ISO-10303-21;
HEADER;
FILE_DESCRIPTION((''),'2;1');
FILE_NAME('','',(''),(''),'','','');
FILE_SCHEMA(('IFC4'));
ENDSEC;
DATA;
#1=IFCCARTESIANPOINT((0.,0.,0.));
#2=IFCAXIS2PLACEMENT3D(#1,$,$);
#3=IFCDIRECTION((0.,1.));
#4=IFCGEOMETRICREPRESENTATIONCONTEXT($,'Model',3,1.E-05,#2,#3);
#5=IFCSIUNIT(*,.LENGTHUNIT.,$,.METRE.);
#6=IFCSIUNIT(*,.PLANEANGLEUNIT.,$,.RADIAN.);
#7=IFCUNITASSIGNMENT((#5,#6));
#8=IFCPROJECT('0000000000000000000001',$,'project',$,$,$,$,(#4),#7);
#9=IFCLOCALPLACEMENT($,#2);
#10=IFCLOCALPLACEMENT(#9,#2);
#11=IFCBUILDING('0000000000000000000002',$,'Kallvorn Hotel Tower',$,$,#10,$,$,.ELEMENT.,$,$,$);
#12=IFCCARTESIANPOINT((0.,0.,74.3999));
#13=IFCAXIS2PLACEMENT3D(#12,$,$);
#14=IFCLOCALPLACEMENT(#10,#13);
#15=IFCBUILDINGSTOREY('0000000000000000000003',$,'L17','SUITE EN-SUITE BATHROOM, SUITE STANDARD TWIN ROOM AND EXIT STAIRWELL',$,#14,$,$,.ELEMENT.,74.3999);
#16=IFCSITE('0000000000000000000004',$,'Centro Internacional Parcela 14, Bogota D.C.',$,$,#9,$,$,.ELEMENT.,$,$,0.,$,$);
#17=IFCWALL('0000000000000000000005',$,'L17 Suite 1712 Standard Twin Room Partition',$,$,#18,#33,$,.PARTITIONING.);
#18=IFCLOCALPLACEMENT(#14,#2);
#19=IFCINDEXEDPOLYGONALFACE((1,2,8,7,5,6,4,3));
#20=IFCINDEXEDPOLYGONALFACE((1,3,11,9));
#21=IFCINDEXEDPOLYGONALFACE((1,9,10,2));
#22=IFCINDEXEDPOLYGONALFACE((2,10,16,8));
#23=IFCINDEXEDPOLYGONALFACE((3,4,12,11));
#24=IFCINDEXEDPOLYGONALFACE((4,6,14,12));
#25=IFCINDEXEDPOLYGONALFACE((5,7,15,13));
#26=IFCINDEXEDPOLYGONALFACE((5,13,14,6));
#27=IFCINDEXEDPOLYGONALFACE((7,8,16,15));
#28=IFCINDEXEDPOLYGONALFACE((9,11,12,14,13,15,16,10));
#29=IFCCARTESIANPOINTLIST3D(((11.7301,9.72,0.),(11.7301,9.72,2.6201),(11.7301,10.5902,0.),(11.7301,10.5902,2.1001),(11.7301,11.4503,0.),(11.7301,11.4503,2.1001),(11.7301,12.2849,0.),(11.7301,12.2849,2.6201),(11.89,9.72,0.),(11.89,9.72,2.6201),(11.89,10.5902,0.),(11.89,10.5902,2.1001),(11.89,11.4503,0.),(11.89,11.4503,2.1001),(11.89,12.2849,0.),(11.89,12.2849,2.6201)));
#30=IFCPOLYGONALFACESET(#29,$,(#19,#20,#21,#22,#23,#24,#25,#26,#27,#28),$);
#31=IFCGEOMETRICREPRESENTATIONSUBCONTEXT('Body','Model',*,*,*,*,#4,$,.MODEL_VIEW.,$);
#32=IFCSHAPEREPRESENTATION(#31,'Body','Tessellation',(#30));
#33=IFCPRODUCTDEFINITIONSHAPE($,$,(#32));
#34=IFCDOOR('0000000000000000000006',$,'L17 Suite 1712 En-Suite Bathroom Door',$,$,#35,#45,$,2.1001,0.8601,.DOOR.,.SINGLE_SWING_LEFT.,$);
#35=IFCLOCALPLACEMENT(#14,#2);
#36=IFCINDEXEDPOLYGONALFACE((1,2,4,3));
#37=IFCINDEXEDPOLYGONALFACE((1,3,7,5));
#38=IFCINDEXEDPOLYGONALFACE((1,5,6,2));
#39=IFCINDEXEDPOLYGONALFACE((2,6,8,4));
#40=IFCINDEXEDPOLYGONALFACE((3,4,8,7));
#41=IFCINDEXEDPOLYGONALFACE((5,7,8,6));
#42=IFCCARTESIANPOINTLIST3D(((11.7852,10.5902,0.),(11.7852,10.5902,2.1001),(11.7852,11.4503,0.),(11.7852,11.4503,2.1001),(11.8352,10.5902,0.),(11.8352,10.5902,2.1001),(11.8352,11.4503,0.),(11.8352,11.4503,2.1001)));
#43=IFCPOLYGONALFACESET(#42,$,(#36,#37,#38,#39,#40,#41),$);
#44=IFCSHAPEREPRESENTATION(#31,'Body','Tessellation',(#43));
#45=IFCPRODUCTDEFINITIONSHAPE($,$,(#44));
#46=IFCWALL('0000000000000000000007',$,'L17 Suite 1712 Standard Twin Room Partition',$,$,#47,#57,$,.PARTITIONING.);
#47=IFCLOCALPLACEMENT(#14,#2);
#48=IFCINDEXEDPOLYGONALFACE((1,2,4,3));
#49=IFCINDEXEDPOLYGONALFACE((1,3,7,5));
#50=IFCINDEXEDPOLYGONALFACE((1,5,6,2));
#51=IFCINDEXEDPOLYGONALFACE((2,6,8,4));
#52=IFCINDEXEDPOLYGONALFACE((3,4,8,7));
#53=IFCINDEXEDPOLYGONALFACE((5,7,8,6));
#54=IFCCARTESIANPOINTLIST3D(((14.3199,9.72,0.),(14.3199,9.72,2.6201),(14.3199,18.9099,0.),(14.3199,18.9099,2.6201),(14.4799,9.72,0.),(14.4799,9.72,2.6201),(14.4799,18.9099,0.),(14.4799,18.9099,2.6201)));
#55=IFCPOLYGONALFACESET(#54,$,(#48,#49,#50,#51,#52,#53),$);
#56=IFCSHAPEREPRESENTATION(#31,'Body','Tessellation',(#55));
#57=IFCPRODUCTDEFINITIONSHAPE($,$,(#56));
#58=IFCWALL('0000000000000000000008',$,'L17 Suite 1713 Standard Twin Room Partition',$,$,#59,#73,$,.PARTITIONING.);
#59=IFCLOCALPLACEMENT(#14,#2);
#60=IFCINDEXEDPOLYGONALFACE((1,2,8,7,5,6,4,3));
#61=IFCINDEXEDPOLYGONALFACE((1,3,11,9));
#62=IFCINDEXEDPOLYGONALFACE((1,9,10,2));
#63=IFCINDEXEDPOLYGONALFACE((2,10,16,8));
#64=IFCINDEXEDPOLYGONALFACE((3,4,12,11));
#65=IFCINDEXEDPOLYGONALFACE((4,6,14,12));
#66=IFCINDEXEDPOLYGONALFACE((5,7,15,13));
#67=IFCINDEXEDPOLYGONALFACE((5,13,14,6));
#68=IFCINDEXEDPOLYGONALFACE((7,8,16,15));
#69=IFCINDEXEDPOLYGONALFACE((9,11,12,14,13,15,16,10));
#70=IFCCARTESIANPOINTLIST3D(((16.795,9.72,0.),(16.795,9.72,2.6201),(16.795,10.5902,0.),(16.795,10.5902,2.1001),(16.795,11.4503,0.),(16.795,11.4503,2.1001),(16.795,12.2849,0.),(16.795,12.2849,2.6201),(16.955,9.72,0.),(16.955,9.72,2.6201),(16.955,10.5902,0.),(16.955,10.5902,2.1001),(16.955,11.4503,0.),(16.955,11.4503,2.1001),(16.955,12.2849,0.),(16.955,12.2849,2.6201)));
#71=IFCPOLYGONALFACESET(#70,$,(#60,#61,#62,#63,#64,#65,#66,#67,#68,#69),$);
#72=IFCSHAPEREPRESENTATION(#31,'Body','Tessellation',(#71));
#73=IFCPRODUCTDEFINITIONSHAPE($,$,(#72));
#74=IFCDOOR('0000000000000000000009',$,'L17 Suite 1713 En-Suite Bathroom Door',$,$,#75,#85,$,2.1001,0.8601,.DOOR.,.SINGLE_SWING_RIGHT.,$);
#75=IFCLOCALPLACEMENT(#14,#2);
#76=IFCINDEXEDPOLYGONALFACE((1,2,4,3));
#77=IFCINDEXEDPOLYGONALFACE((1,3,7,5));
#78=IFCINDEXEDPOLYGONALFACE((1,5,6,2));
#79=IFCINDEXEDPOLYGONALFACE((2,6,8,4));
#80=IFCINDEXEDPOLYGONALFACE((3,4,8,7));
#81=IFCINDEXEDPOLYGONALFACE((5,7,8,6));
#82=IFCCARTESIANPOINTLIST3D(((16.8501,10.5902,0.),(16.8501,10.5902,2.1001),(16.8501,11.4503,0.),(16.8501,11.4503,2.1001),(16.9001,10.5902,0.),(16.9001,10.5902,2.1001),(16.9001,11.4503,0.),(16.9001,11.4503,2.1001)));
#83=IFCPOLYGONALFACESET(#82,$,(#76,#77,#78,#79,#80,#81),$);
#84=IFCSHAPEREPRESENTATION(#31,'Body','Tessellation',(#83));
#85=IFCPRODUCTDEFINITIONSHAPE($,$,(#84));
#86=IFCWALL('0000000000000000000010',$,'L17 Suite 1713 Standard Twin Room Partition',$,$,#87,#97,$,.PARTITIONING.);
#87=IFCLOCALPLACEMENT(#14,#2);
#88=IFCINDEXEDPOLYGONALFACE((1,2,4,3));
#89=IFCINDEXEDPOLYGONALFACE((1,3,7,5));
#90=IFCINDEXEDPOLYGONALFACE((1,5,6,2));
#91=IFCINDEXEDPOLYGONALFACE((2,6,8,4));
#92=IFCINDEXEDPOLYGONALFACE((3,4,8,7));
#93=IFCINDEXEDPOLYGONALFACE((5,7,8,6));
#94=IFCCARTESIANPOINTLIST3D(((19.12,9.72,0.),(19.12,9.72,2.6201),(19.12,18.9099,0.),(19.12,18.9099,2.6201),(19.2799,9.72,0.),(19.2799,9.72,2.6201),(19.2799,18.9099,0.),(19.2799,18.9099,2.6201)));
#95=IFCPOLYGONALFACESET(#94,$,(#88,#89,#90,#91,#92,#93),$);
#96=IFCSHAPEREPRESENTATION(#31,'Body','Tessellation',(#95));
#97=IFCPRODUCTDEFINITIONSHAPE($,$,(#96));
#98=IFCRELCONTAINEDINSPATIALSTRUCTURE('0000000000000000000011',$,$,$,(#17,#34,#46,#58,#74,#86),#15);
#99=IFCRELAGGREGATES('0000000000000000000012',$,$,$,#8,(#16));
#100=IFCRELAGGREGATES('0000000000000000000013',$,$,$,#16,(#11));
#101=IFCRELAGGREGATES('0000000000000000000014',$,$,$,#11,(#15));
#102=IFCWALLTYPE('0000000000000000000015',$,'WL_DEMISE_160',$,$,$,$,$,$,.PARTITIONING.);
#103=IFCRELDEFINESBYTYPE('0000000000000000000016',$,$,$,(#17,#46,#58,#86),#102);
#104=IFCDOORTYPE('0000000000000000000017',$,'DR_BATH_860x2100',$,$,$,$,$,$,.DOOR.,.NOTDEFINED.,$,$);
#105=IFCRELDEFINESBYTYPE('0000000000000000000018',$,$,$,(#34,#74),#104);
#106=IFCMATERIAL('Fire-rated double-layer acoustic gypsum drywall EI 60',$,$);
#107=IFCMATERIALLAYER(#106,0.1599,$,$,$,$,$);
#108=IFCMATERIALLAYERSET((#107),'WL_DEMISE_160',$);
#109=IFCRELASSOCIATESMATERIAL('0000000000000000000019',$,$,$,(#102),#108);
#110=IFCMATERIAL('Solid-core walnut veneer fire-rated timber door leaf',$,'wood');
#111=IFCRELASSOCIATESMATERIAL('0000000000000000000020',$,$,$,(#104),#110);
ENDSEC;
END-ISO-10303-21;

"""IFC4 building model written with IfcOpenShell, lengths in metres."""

from ifc_helpers import new_model, si_unit, direction, frame, frame_2d, origin, place, context, subcontext, project, spatial, rectangle, extrude, material, layer, layer_set, type_object, element, fill, save


model = new_model("IFC4")

# Units and contexts
model_context = context("Model", 3, precision=1e-05, world=origin(), true_north=direction((0.0, 1.0)))
body_context = subcontext(model_context, "Body", "Model", "MODEL_VIEW")
ifc_project = project(units=[si_unit("LENGTHUNIT", "METRE"), si_unit("PLANEANGLEUNIT", "RADIAN")], contexts=[model_context])

# Site, building, storey
site_placement = place(None, origin())
site = spatial("IfcSite", under=ifc_project, at=site_placement, Name="Centro Internacional Parcela 14, Bogota D.C.", CompositionType="ELEMENT", RefElevation=0.0)
building_placement = place(site_placement, origin())
building = spatial("IfcBuilding", under=site, at=building_placement, Name="Kallvorn Hotel Tower", CompositionType="ELEMENT")
storey_placement = place(building_placement, frame((0.0, 0.0, 74.3999)))
storey = spatial("IfcBuildingStorey", under=building, at=storey_placement, Name="L17", Description="SUITE EN-SUITE BATHROOM, SUITE STANDARD TWIN ROOM AND EXIT STAIRWELL", CompositionType="ELEMENT", Elevation=74.3999)

# Shared definitions
ifc_material_1 = material(Name="Fire-rated double-layer acoustic gypsum drywall EI 60")
ifc_layer = layer(ifc_material_1, 0.1599)
ifc_layer_set = layer_set([ifc_layer], Name="WL_DEMISE_160")
wall_type = type_object("IfcWallType", Name="WL_DEMISE_160", PredefinedType="PARTITIONING", material=ifc_layer_set)

# Wall, opening, door
wall_1_placement = place(storey_placement, frame((11.8101, 9.72, 0.0), z_axis=(0.0, 0.0, 1.0), x_axis=(0.0, 1.0, 0.0)))
wall_1 = element("IfcWall", 1, at=wall_1_placement, inside=storey, type_object=wall_type, Name="L17 Suite 1712 Standard Twin Room Partition", PredefinedType="PARTITIONING", context=body_context, shape_type="SweptSolid", body=[
    extrude(rectangle(XDim=2.5649, YDim=0.1599, at=frame_2d((1.2825, 0.0))), origin(), (0.0, 0.0, 1.0), 2.6201),
])
opening_1_placement = place(wall_1_placement, frame((0.8701, 0.0, 0.0)))
opening_1 = element("IfcOpeningElement", 2, at=opening_1_placement, cuts=wall_1, PredefinedType="OPENING", context=body_context, shape_type="SweptSolid", body=[
    extrude(rectangle(XDim=0.8601, YDim=2.1001, at=frame_2d((0.4302, 1.05))), frame((0.0, 0.095, 0.0), z_axis=(0.0, -1.0, 0.0), x_axis=(1.0, 0.0, 0.0)), (0.0, 0.0, 1.0), 0.1899),
])
ifc_material_2 = material(Name="Solid-core walnut veneer fire-rated timber door leaf", Category="wood")
door_type = type_object("IfcDoorType", Name="DR_BATH_860x2100", OperationType="NOTDEFINED", PredefinedType="DOOR", material=ifc_material_2)
door_1_placement = place(opening_1_placement, origin())
door_1 = element("IfcDoor", 3, at=door_1_placement, inside=storey, type_object=door_type, Name="L17 Suite 1712 En-Suite Bathroom Door", OperationType="SINGLE_SWING_LEFT", OverallHeight=2.1001, OverallWidth=0.8601, PredefinedType="DOOR", context=body_context, shape_type="SweptSolid", body=[
    extrude(rectangle(XDim=0.8601, YDim=2.1001, at=frame_2d((0.4302, 1.05))), frame((0.0, 0.0249, 0.0), z_axis=(0.0, -1.0, 0.0), x_axis=(1.0, 0.0, 0.0)), (0.0, 0.0, 1.0), 0.05),
])
fill(opening_1, door_1)

# Wall
wall_2_placement = place(storey_placement, frame((14.3999, 9.72, 0.0), z_axis=(0.0, 0.0, 1.0), x_axis=(0.0, 1.0, 0.0)))
element("IfcWall", 4, at=wall_2_placement, inside=storey, type_object=wall_type, Name="L17 Suite 1712 Standard Twin Room Partition", PredefinedType="PARTITIONING", context=body_context, shape_type="SweptSolid", body=[
    extrude(rectangle(XDim=9.1899, YDim=0.1599, at=frame_2d((4.595, 0.0))), origin(), (0.0, 0.0, 1.0), 2.6201),
])

# Wall, opening, door
wall_3_placement = place(storey_placement, frame((16.875, 9.72, 0.0), z_axis=(0.0, 0.0, 1.0), x_axis=(0.0, 1.0, 0.0)))
wall_3 = element("IfcWall", 5, at=wall_3_placement, inside=storey, type_object=wall_type, Name="L17 Suite 1713 Standard Twin Room Partition", PredefinedType="PARTITIONING", context=body_context, shape_type="SweptSolid", body=[
    extrude(rectangle(XDim=2.5649, YDim=0.1599, at=frame_2d((1.2825, 0.0))), origin(), (0.0, 0.0, 1.0), 2.6201),
])
opening_2_placement = place(wall_3_placement, frame((0.8701, 0.0, 0.0)))
opening_2 = element("IfcOpeningElement", 6, at=opening_2_placement, cuts=wall_3, PredefinedType="OPENING", context=body_context, shape_type="SweptSolid", body=[
    extrude(rectangle(XDim=0.8601, YDim=2.1001, at=frame_2d((0.4302, 1.05))), frame((0.0, 0.095, 0.0), z_axis=(0.0, -1.0, 0.0), x_axis=(1.0, 0.0, 0.0)), (0.0, 0.0, 1.0), 0.1899),
])
door_2_placement = place(opening_2_placement, origin())
door_2 = element("IfcDoor", 7, at=door_2_placement, inside=storey, type_object=door_type, Name="L17 Suite 1713 En-Suite Bathroom Door", OperationType="SINGLE_SWING_RIGHT", OverallHeight=2.1001, OverallWidth=0.8601, PredefinedType="DOOR", context=body_context, shape_type="SweptSolid", body=[
    extrude(rectangle(XDim=0.8601, YDim=2.1001, at=frame_2d((0.4302, 1.05))), frame((0.0, 0.0249, 0.0), z_axis=(0.0, -1.0, 0.0), x_axis=(1.0, 0.0, 0.0)), (0.0, 0.0, 1.0), 0.05),
])
fill(opening_2, door_2)

# Wall
wall_4_placement = place(storey_placement, frame((19.2, 9.72, 0.0), z_axis=(0.0, 0.0, 1.0), x_axis=(0.0, 1.0, 0.0)))
element("IfcWall", 8, at=wall_4_placement, inside=storey, type_object=wall_type, Name="L17 Suite 1713 Standard Twin Room Partition", PredefinedType="PARTITIONING", context=body_context, shape_type="SweptSolid", body=[
    extrude(rectangle(XDim=9.1899, YDim=0.1599, at=frame_2d((4.595, 0.0))), origin(), (0.0, 0.0, 1.0), 2.6201),
])

save(model, "model.ifc")
